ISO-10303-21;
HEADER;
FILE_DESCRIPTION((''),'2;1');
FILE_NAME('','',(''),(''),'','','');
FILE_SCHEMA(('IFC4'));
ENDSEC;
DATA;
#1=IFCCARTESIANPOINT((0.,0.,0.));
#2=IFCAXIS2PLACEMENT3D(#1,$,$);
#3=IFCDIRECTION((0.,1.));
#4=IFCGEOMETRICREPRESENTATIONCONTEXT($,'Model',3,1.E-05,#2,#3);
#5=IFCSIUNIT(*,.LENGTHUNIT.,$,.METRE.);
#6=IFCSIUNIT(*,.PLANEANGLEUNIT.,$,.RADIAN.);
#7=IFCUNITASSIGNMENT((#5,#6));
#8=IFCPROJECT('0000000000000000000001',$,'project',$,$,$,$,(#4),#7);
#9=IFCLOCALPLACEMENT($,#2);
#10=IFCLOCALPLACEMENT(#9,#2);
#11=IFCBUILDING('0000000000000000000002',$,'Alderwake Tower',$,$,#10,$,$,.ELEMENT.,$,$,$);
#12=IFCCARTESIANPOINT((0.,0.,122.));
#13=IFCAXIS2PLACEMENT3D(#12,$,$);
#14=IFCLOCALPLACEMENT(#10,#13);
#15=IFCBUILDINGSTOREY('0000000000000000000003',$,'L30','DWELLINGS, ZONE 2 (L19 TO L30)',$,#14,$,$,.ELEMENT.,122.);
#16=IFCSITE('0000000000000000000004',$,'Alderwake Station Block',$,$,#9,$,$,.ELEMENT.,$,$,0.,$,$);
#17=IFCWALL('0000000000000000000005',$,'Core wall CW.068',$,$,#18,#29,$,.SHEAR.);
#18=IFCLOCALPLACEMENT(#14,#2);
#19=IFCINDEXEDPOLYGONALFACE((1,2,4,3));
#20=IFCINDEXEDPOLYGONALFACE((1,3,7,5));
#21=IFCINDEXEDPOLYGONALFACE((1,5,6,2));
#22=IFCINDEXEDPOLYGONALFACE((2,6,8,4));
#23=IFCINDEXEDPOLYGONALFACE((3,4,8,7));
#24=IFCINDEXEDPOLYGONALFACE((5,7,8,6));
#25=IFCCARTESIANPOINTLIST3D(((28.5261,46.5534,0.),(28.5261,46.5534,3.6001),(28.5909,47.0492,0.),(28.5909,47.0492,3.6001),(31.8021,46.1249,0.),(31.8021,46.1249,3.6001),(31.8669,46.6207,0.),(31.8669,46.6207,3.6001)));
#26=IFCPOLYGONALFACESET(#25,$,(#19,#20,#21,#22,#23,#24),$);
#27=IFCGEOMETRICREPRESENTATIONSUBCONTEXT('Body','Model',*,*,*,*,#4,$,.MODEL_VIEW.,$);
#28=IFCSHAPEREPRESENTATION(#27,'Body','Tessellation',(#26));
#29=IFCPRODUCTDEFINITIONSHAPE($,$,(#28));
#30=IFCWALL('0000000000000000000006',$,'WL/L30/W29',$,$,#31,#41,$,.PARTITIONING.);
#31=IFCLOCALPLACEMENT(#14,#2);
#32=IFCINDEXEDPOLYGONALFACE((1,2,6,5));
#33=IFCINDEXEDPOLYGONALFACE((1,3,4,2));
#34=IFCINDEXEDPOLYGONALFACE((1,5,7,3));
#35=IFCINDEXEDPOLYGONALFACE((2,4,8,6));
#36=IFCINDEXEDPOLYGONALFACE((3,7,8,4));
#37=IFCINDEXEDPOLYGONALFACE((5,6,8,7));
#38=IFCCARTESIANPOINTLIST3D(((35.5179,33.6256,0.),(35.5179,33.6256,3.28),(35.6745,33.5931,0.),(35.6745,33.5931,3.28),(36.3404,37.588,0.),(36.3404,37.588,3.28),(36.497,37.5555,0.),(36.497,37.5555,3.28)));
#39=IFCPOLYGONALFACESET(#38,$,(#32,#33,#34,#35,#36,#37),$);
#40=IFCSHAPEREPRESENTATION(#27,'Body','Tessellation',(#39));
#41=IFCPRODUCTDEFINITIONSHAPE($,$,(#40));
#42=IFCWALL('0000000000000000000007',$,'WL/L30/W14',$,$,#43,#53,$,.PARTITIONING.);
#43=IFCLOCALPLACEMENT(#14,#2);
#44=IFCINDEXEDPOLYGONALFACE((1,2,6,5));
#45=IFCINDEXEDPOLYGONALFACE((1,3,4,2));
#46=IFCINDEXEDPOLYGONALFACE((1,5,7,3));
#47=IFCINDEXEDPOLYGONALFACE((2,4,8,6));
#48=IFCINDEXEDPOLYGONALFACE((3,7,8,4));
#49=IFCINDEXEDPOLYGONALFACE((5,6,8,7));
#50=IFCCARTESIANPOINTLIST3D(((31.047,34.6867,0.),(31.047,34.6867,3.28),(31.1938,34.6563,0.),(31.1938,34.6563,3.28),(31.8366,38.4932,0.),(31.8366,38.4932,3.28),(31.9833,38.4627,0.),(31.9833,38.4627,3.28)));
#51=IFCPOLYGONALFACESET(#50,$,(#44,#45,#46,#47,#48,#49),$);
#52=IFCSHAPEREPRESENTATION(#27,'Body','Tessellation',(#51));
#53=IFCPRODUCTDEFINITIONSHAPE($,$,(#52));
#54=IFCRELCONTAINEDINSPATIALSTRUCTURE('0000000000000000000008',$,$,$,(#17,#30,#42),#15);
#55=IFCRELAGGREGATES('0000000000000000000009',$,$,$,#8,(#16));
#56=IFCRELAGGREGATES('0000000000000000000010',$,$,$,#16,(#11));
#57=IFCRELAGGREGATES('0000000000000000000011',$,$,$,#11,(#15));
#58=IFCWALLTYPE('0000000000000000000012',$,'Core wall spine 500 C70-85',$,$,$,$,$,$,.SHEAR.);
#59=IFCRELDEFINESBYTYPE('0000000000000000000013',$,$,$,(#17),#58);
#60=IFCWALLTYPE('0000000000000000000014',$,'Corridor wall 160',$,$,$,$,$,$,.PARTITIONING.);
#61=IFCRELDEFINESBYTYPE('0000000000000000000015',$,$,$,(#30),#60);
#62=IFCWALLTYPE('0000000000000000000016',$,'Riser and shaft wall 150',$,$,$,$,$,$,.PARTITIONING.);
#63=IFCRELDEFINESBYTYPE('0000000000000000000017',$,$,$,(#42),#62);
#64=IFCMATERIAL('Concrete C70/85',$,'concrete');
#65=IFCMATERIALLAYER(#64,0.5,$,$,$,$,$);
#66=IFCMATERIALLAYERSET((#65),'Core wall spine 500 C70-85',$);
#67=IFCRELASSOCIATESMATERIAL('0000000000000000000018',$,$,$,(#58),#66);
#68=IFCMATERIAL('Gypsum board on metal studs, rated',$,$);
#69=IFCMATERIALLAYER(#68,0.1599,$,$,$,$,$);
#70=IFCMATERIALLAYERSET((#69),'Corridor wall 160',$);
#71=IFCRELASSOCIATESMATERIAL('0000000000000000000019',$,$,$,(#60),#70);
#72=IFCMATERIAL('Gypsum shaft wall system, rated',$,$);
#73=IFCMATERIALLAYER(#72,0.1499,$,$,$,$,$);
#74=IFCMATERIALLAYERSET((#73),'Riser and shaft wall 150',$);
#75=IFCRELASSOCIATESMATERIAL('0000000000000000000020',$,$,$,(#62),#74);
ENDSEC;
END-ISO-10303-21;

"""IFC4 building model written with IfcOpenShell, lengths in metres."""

from ifc_helpers import new_model, si_unit, direction, frame, frame_2d, origin, place, context, subcontext, project, spatial, rectangle, extrude, material, layer, layer_set, type_object, element, save


model = new_model("IFC4")

# Units and contexts
model_context = context("Model", 3, precision=1e-05, world=origin(), true_north=direction((0.0, 1.0)))
body_context = subcontext(model_context, "Body", "Model", "MODEL_VIEW")
ifc_project = project(units=[si_unit("LENGTHUNIT", "METRE"), si_unit("PLANEANGLEUNIT", "RADIAN")], contexts=[model_context])

# Site, building, storey
site_placement = place(None, origin())
site = spatial("IfcSite", under=ifc_project, at=site_placement, Name="Alderwake Station Block", CompositionType="ELEMENT", RefElevation=0.0)
building_placement = place(site_placement, origin())
building = spatial("IfcBuilding", under=site, at=building_placement, Name="Alderwake Tower", CompositionType="ELEMENT")
storey_placement = place(building_placement, frame((0.0, 0.0, 122.0)))
storey = spatial("IfcBuildingStorey", under=building, at=storey_placement, Name="L30", Description="DWELLINGS, ZONE 2 (L19 TO L30)", CompositionType="ELEMENT", Elevation=122.0)

# Shared definitions
ifc_material_1 = material(Name="Concrete C70/85", Category="concrete")
ifc_layer_1 = layer(ifc_material_1, 0.5)
ifc_layer_set_1 = layer_set([ifc_layer_1], Name="Core wall spine 500 C70-85")
wall_type_1 = type_object("IfcWallType", Name="Core wall spine 500 C70-85", PredefinedType="SHEAR", material=ifc_layer_set_1)

# Walls
wall_1_placement = place(storey_placement, frame((28.5586, 46.8013, 0.0), z_axis=(0.0, 0.0, 1.0), x_axis=(0.991556, -0.12968, 0.0)))
element("IfcWall", 1, at=wall_1_placement, inside=storey, type_object=wall_type_1, Name="Core wall CW.068", PredefinedType="SHEAR", context=body_context, shape_type="SweptSolid", body=[
    extrude(rectangle(XDim=3.304, YDim=0.5, at=frame_2d((1.6519, 0.0))), origin(), (0.0, 0.0, 1.0), 3.6001),
])
ifc_material_2 = material(Name="Gypsum board on metal studs, rated")
ifc_layer_2 = layer(ifc_material_2, 0.1599)
ifc_layer_set_2 = layer_set([ifc_layer_2], Name="Corridor wall 160")
wall_type_2 = type_object("IfcWallType", Name="Corridor wall 160", PredefinedType="PARTITIONING", material=ifc_layer_set_2)
wall_2_placement = place(storey_placement, frame((36.4187, 37.5718, 0.0), z_axis=(0.0, 0.0, 1.0), x_axis=(-0.203246, -0.979128, 0.0)))
element("IfcWall", 2, at=wall_2_placement, inside=storey, type_object=wall_type_2, Name="WL/L30/W29", PredefinedType="PARTITIONING", context=body_context, shape_type="SweptSolid", body=[
    extrude(rectangle(XDim=4.0469, YDim=0.1599, at=frame_2d((2.0234, 0.0))), origin(), (0.0, 0.0, 1.0), 3.28),
])
ifc_material_3 = material(Name="Gypsum shaft wall system, rated")
ifc_layer_3 = layer(ifc_material_3, 0.1499)
ifc_layer_set_3 = layer_set([ifc_layer_3], Name="Riser and shaft wall 150")
wall_type_3 = type_object("IfcWallType", Name="Riser and shaft wall 150", PredefinedType="PARTITIONING", material=ifc_layer_set_3)
wall_3_placement = place(storey_placement, frame((31.1204, 34.6714, 0.0), z_axis=(0.0, 0.0, 1.0), x_axis=(0.203104, 0.979157, 0.0)))
element("IfcWall", 3, at=wall_3_placement, inside=storey, type_object=wall_type_3, Name="WL/L30/W14", PredefinedType="PARTITIONING", context=body_context, shape_type="SweptSolid", body=[
    extrude(rectangle(XDim=3.8875, YDim=0.1499, at=frame_2d((1.9438, 0.0))), origin(), (0.0, 0.0, 1.0), 3.28),
])

save(model, "model.ifc")
